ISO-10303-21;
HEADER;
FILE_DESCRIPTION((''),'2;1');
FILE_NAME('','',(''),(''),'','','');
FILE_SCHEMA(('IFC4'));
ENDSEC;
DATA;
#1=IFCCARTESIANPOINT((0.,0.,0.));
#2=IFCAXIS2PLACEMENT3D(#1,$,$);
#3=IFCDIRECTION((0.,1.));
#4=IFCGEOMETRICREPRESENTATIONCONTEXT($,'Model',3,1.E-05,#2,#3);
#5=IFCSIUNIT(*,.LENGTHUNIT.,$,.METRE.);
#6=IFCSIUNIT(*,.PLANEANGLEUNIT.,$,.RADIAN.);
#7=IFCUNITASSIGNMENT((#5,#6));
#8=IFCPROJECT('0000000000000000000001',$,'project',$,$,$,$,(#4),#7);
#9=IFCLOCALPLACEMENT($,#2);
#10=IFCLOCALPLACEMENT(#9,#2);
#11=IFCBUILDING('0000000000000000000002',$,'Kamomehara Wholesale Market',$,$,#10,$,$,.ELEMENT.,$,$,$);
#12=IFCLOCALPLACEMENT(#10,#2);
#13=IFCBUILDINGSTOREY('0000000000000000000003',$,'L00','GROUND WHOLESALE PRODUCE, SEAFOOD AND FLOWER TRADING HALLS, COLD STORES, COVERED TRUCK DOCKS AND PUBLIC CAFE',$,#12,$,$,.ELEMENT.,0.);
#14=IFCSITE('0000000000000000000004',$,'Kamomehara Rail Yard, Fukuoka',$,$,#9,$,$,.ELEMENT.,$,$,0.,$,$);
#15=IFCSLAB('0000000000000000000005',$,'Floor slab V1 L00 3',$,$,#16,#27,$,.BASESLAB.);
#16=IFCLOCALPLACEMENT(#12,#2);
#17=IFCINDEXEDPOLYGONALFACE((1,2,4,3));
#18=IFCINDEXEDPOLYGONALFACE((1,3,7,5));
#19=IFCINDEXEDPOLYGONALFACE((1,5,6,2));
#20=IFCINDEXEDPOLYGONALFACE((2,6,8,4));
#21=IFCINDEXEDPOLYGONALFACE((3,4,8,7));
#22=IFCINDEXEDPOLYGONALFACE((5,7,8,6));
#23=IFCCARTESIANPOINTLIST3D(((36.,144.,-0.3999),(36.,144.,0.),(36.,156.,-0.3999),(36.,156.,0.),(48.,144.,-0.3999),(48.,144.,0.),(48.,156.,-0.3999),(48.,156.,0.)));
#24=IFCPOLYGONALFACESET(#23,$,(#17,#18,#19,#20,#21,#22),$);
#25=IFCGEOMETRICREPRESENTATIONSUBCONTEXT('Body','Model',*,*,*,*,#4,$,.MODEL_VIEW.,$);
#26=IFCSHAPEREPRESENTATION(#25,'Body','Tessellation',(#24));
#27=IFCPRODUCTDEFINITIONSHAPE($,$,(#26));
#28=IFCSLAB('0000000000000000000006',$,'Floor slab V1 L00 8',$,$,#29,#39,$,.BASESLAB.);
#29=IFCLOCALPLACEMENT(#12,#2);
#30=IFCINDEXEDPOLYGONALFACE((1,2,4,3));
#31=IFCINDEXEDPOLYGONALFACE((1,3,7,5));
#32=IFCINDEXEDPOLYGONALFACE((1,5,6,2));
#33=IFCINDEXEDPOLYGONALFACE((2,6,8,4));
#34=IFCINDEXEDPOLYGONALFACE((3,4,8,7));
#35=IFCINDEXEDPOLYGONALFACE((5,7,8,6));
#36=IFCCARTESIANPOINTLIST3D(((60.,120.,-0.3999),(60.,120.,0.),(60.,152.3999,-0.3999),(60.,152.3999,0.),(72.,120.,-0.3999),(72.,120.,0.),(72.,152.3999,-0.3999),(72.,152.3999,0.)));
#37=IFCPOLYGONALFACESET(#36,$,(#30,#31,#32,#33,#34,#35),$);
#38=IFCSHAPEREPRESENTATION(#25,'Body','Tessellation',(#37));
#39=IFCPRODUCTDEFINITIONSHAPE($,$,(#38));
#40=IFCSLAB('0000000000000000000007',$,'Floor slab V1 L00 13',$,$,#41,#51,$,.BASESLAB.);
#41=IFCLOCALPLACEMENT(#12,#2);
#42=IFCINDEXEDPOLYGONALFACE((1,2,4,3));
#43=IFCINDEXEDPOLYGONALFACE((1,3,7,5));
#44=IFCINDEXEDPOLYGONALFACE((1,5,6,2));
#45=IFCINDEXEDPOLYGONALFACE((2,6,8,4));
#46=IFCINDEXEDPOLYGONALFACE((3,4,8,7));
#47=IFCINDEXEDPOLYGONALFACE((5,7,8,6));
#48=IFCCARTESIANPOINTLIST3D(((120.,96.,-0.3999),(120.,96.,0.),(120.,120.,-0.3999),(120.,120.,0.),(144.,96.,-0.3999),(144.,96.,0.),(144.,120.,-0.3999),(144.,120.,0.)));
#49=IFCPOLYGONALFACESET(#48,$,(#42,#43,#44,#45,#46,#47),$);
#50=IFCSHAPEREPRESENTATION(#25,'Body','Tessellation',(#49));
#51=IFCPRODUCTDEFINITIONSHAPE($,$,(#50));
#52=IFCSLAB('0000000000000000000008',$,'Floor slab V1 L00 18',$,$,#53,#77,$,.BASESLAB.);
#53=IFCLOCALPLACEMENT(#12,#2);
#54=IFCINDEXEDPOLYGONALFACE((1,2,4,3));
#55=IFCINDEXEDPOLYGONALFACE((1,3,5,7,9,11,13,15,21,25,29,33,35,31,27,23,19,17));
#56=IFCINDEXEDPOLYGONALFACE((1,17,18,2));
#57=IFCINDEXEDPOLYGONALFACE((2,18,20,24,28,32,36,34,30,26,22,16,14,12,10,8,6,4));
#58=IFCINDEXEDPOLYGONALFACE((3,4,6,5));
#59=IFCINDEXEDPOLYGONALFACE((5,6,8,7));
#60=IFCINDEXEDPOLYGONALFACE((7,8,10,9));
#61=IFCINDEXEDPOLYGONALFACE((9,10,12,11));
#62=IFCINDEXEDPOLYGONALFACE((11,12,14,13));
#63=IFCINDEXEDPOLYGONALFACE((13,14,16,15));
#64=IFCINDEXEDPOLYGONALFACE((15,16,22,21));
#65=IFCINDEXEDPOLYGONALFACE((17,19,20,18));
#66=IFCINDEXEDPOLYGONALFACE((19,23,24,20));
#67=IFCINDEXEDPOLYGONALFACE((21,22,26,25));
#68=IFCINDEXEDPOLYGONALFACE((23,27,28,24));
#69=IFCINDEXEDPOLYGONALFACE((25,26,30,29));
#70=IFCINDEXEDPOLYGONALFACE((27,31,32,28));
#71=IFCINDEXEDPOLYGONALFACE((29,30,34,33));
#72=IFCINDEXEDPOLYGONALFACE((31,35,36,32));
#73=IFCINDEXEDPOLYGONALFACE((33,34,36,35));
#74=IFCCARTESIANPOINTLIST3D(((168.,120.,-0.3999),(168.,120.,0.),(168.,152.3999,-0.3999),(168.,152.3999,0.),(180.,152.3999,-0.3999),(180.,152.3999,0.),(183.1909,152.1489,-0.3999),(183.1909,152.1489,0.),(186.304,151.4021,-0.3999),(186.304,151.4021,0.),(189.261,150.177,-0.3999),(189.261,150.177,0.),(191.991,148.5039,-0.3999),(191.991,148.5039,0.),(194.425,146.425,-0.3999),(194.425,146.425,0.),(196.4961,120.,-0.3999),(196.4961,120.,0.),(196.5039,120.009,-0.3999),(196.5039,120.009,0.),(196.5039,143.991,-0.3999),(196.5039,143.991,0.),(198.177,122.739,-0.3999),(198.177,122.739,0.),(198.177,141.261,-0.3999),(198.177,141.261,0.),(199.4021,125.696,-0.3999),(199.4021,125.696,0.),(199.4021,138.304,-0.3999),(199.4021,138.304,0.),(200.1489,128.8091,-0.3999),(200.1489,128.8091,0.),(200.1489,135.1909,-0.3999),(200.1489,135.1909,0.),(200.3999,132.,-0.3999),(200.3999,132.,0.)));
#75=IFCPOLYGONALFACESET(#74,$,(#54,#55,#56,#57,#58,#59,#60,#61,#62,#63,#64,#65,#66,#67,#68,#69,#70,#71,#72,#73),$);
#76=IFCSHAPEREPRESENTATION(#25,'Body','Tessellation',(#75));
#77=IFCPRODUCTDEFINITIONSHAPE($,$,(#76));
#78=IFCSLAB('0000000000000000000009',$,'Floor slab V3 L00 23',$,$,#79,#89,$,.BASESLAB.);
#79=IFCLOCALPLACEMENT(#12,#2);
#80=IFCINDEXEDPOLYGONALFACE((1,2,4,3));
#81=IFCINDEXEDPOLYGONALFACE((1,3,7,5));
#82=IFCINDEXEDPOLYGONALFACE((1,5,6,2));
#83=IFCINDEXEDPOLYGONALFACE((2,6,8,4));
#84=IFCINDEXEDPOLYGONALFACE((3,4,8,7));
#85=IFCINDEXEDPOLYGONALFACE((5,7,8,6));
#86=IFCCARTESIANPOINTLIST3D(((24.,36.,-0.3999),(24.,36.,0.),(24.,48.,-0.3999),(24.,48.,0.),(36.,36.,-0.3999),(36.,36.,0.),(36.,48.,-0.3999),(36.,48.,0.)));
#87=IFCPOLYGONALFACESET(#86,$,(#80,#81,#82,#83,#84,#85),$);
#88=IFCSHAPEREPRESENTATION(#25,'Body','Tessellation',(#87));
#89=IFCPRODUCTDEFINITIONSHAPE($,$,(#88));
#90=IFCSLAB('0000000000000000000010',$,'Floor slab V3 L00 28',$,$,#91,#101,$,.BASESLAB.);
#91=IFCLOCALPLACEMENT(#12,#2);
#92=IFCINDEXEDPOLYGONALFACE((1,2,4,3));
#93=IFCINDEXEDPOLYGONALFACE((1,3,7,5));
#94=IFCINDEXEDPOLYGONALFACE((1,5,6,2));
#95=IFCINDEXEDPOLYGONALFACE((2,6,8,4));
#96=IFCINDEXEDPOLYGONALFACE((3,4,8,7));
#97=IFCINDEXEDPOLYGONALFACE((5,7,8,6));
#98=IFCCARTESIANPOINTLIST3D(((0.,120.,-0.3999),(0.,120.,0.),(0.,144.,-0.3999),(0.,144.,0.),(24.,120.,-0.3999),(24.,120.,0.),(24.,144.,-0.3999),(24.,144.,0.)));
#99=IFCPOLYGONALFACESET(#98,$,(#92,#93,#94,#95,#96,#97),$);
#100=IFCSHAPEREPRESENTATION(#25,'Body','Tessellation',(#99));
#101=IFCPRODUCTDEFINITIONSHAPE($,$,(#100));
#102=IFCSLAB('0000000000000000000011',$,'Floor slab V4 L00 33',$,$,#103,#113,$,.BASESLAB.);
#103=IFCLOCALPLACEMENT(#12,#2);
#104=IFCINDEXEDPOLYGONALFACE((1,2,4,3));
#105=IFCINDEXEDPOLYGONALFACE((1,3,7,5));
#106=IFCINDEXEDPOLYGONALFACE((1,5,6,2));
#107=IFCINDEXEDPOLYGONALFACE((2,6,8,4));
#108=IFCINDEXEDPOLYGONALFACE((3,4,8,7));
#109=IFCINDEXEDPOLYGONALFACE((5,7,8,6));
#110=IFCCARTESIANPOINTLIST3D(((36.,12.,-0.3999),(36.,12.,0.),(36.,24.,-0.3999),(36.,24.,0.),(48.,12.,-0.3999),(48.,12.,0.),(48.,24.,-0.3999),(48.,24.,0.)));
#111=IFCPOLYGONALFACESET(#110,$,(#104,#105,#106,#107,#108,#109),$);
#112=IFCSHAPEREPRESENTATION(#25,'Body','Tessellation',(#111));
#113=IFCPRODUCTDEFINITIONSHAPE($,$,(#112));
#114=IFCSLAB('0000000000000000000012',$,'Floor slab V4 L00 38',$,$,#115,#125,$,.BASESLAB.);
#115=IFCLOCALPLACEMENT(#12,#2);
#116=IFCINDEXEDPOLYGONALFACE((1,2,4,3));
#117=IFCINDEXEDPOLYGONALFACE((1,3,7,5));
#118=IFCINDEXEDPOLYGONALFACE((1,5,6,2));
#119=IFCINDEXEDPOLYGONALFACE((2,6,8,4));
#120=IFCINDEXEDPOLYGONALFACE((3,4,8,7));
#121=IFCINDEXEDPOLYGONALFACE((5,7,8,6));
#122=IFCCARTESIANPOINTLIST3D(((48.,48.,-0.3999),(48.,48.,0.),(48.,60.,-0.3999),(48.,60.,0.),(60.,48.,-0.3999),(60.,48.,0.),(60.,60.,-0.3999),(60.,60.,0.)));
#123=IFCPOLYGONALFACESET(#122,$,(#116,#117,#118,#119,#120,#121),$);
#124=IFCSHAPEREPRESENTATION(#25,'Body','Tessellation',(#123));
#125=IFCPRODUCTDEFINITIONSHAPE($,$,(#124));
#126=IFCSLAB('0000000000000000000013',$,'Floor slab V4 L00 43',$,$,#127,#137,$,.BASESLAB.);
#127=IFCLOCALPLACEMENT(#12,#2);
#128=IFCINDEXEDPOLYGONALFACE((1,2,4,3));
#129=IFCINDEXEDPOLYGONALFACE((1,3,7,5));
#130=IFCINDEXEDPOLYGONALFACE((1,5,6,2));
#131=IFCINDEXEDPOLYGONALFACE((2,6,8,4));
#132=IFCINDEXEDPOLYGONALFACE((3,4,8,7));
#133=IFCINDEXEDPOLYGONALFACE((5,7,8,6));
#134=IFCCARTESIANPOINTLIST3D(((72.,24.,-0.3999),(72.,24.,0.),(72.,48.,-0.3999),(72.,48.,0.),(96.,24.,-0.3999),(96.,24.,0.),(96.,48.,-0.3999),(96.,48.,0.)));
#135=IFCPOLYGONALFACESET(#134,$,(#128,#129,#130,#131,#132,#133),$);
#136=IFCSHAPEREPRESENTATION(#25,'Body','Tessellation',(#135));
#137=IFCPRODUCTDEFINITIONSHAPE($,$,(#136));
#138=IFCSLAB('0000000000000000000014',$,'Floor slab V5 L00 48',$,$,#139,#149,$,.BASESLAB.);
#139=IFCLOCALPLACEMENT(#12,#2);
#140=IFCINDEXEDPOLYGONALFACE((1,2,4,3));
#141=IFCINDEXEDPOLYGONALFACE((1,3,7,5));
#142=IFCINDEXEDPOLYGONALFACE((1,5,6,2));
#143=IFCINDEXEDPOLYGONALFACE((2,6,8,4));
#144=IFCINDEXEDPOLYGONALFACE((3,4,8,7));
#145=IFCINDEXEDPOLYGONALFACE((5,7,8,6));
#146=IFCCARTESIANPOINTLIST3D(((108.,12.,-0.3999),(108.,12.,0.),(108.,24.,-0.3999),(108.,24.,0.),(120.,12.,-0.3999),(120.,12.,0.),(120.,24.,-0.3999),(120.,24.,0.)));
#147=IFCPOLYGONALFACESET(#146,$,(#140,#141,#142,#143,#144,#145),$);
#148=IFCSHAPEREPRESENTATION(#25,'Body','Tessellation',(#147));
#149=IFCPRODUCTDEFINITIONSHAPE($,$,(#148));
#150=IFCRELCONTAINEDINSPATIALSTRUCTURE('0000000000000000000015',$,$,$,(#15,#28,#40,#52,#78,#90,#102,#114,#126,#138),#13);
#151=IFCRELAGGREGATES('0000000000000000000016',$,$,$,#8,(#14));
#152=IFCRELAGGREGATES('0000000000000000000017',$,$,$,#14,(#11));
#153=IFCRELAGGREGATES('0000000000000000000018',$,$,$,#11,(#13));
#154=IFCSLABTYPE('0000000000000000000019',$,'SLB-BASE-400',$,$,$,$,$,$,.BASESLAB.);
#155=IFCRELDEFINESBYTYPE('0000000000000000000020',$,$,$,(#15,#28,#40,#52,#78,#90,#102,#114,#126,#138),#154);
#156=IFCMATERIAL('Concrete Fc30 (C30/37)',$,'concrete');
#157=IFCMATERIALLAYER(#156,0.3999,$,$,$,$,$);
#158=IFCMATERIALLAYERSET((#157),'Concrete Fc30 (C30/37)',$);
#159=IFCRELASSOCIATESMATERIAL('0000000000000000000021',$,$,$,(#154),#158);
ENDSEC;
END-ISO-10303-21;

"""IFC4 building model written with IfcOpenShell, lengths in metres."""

from ifc_helpers import new_model, si_unit, direction, frame, origin, place, context, subcontext, project, spatial, polyline, outline, extrude, material, layer, layer_set, type_object, element, save


model = new_model("IFC4")

# Units and contexts
model_context = context("Model", 3, precision=1e-05, world=origin(), true_north=direction((0.0, 1.0)))
body_context = subcontext(model_context, "Body", "Model", "MODEL_VIEW")
ifc_project = project(units=[si_unit("LENGTHUNIT", "METRE"), si_unit("PLANEANGLEUNIT", "RADIAN")], contexts=[model_context])

# Site, building, storey
site_placement = place(None, origin())
site = spatial("IfcSite", under=ifc_project, at=site_placement, Name="Kamomehara Rail Yard, Fukuoka", CompositionType="ELEMENT", RefElevation=0.0)
building_placement = place(site_placement, origin())
building = spatial("IfcBuilding", under=site, at=building_placement, Name="Kamomehara Wholesale Market", CompositionType="ELEMENT")
storey_placement = place(building_placement, origin())
storey = spatial("IfcBuildingStorey", under=building, at=storey_placement, Name="L00", Description="GROUND WHOLESALE PRODUCE, SEAFOOD AND FLOWER TRADING HALLS, COLD STORES, COVERED TRUCK DOCKS AND PUBLIC CAFE", CompositionType="ELEMENT", Elevation=0.0)

# Slabs
ifc_material_1 = material(Name="Concrete Fc30 (C30/37)", Category="concrete")
ifc_layer_1 = layer(ifc_material_1, 0.3999)
ifc_layer_set_1 = layer_set([ifc_layer_1], Name="Concrete Fc30 (C30/37)")
slab_type_1 = type_object("IfcSlabType", Name="SLB-BASE-400", PredefinedType="BASESLAB", material=ifc_layer_set_1)
slab_1_placement = place(storey_placement, frame((0.0, 0.0, -0.3999)))
element("IfcSlab", 1, at=slab_1_placement, inside=storey, type_object=slab_type_1, Name="Floor slab V1 L00 3", PredefinedType="BASESLAB", context=body_context, shape_type="SweptSolid", body=[
    extrude(outline(polyline([(48.0, 144.0), (36.0, 144.0), (36.0, 156.0), (48.0, 156.0), (48.0, 144.0)])), origin(), (0.0, 0.0, 1.0), 0.3999),
])
slab_2_placement = place(storey_placement, frame((0.0, 0.0, -0.3999)))
element("IfcSlab", 2, at=slab_2_placement, inside=storey, type_object=slab_type_1, Name="Floor slab V1 L00 8", PredefinedType="BASESLAB", context=body_context, shape_type="SweptSolid", body=[
    extrude(outline(polyline([(72.0, 120.0), (60.0, 120.0), (60.0, 152.3999), (72.0, 152.3999), (72.0, 120.0)])), origin(), (0.0, 0.0, 1.0), 0.3999),
])
slab_3_placement = place(storey_placement, frame((0.0, 0.0, -0.3999)))
element("IfcSlab", 3, at=slab_3_placement, inside=storey, type_object=slab_type_1, Name="Floor slab V1 L00 13", PredefinedType="BASESLAB", context=body_context, shape_type="SweptSolid", body=[
    extrude(outline(polyline([(120.0, 120.0), (144.0, 120.0), (144.0, 96.0), (120.0, 96.0), (120.0, 120.0)])), origin(), (0.0, 0.0, 1.0), 0.3999),
])
slab_4_placement = place(storey_placement, frame((0.0, 0.0, -0.3999)))
element("IfcSlab", 4, at=slab_4_placement, inside=storey, type_object=slab_type_1, Name="Floor slab V1 L00 18", PredefinedType="BASESLAB", context=body_context, shape_type="SweptSolid", body=[
    extrude(outline(polyline([(180.0, 152.3999), (183.1909, 152.1489), (186.304, 151.4021), (189.261, 150.177), (191.991, 148.5039), (194.425, 146.425), (196.5039, 143.991), (198.177, 141.261), (199.4021, 138.304), (200.1489, 135.1909), (200.3999, 132.0), (200.1489, 128.8091), (199.4021, 125.696), (198.177, 122.739), (196.5039, 120.009), (196.4961, 120.0), (168.0, 120.0), (168.0, 152.3999), (180.0, 152.3999)])), origin(), (0.0, 0.0, 1.0), 0.3999),
])
slab_5_placement = place(storey_placement, frame((0.0, 0.0, -0.3999)))
element("IfcSlab", 5, at=slab_5_placement, inside=storey, type_object=slab_type_1, Name="Floor slab V3 L00 23", PredefinedType="BASESLAB", context=body_context, shape_type="SweptSolid", body=[
    extrude(outline(polyline([(36.0, 36.0), (24.0, 36.0), (24.0, 48.0), (36.0, 48.0), (36.0, 36.0)])), origin(), (0.0, 0.0, 1.0), 0.3999),
])
slab_6_placement = place(storey_placement, frame((0.0, 0.0, -0.3999)))
element("IfcSlab", 6, at=slab_6_placement, inside=storey, type_object=slab_type_1, Name="Floor slab V3 L00 28", PredefinedType="BASESLAB", context=body_context, shape_type="SweptSolid", body=[
    extrude(outline(polyline([(24.0, 144.0), (24.0, 120.0), (0.0, 120.0), (0.0, 144.0), (24.0, 144.0)])), origin(), (0.0, 0.0, 1.0), 0.3999),
])
slab_7_placement = place(storey_placement, frame((0.0, 0.0, -0.3999)))
element("IfcSlab", 7, at=slab_7_placement, inside=storey, type_object=slab_type_1, Name="Floor slab V4 L00 33", PredefinedType="BASESLAB", context=body_context, shape_type="SweptSolid", body=[
    extrude(outline(polyline([(48.0, 24.0), (48.0, 12.0), (36.0, 12.0), (36.0, 24.0), (48.0, 24.0)])), origin(), (0.0, 0.0, 1.0), 0.3999),
])
slab_8_placement = place(storey_placement, frame((0.0, 0.0, -0.3999)))
element("IfcSlab", 8, at=slab_8_placement, inside=storey, type_object=slab_type_1, Name="Floor slab V4 L00 38", PredefinedType="BASESLAB", context=body_context, shape_type="SweptSolid", body=[
    extrude(outline(polyline([(60.0, 48.0), (48.0, 48.0), (48.0, 60.0), (60.0, 60.0), (60.0, 48.0)])), origin(), (0.0, 0.0, 1.0), 0.3999),
])
slab_9_placement = place(storey_placement, frame((0.0, 0.0, -0.3999)))
element("IfcSlab", 9, at=slab_9_placement, inside=storey, type_object=slab_type_1, Name="Floor slab V4 L00 43", PredefinedType="BASESLAB", context=body_context, shape_type="SweptSolid", body=[
    extrude(outline(polyline([(72.0, 24.0), (72.0, 48.0), (96.0, 48.0), (96.0, 24.0), (72.0, 24.0)])), origin(), (0.0, 0.0, 1.0), 0.3999),
])
slab_10_placement = place(storey_placement, frame((0.0, 0.0, -0.3999)))
element("IfcSlab", 10, at=slab_10_placement, inside=storey, type_object=slab_type_1, Name="Floor slab V5 L00 48", PredefinedType="BASESLAB", context=body_context, shape_type="SweptSolid", body=[
    extrude(outline(polyline([(120.0, 24.0), (120.0, 12.0), (108.0, 12.0), (108.0, 24.0), (120.0, 24.0)])), origin(), (0.0, 0.0, 1.0), 0.3999),
])

save(model, "model.ifc")
